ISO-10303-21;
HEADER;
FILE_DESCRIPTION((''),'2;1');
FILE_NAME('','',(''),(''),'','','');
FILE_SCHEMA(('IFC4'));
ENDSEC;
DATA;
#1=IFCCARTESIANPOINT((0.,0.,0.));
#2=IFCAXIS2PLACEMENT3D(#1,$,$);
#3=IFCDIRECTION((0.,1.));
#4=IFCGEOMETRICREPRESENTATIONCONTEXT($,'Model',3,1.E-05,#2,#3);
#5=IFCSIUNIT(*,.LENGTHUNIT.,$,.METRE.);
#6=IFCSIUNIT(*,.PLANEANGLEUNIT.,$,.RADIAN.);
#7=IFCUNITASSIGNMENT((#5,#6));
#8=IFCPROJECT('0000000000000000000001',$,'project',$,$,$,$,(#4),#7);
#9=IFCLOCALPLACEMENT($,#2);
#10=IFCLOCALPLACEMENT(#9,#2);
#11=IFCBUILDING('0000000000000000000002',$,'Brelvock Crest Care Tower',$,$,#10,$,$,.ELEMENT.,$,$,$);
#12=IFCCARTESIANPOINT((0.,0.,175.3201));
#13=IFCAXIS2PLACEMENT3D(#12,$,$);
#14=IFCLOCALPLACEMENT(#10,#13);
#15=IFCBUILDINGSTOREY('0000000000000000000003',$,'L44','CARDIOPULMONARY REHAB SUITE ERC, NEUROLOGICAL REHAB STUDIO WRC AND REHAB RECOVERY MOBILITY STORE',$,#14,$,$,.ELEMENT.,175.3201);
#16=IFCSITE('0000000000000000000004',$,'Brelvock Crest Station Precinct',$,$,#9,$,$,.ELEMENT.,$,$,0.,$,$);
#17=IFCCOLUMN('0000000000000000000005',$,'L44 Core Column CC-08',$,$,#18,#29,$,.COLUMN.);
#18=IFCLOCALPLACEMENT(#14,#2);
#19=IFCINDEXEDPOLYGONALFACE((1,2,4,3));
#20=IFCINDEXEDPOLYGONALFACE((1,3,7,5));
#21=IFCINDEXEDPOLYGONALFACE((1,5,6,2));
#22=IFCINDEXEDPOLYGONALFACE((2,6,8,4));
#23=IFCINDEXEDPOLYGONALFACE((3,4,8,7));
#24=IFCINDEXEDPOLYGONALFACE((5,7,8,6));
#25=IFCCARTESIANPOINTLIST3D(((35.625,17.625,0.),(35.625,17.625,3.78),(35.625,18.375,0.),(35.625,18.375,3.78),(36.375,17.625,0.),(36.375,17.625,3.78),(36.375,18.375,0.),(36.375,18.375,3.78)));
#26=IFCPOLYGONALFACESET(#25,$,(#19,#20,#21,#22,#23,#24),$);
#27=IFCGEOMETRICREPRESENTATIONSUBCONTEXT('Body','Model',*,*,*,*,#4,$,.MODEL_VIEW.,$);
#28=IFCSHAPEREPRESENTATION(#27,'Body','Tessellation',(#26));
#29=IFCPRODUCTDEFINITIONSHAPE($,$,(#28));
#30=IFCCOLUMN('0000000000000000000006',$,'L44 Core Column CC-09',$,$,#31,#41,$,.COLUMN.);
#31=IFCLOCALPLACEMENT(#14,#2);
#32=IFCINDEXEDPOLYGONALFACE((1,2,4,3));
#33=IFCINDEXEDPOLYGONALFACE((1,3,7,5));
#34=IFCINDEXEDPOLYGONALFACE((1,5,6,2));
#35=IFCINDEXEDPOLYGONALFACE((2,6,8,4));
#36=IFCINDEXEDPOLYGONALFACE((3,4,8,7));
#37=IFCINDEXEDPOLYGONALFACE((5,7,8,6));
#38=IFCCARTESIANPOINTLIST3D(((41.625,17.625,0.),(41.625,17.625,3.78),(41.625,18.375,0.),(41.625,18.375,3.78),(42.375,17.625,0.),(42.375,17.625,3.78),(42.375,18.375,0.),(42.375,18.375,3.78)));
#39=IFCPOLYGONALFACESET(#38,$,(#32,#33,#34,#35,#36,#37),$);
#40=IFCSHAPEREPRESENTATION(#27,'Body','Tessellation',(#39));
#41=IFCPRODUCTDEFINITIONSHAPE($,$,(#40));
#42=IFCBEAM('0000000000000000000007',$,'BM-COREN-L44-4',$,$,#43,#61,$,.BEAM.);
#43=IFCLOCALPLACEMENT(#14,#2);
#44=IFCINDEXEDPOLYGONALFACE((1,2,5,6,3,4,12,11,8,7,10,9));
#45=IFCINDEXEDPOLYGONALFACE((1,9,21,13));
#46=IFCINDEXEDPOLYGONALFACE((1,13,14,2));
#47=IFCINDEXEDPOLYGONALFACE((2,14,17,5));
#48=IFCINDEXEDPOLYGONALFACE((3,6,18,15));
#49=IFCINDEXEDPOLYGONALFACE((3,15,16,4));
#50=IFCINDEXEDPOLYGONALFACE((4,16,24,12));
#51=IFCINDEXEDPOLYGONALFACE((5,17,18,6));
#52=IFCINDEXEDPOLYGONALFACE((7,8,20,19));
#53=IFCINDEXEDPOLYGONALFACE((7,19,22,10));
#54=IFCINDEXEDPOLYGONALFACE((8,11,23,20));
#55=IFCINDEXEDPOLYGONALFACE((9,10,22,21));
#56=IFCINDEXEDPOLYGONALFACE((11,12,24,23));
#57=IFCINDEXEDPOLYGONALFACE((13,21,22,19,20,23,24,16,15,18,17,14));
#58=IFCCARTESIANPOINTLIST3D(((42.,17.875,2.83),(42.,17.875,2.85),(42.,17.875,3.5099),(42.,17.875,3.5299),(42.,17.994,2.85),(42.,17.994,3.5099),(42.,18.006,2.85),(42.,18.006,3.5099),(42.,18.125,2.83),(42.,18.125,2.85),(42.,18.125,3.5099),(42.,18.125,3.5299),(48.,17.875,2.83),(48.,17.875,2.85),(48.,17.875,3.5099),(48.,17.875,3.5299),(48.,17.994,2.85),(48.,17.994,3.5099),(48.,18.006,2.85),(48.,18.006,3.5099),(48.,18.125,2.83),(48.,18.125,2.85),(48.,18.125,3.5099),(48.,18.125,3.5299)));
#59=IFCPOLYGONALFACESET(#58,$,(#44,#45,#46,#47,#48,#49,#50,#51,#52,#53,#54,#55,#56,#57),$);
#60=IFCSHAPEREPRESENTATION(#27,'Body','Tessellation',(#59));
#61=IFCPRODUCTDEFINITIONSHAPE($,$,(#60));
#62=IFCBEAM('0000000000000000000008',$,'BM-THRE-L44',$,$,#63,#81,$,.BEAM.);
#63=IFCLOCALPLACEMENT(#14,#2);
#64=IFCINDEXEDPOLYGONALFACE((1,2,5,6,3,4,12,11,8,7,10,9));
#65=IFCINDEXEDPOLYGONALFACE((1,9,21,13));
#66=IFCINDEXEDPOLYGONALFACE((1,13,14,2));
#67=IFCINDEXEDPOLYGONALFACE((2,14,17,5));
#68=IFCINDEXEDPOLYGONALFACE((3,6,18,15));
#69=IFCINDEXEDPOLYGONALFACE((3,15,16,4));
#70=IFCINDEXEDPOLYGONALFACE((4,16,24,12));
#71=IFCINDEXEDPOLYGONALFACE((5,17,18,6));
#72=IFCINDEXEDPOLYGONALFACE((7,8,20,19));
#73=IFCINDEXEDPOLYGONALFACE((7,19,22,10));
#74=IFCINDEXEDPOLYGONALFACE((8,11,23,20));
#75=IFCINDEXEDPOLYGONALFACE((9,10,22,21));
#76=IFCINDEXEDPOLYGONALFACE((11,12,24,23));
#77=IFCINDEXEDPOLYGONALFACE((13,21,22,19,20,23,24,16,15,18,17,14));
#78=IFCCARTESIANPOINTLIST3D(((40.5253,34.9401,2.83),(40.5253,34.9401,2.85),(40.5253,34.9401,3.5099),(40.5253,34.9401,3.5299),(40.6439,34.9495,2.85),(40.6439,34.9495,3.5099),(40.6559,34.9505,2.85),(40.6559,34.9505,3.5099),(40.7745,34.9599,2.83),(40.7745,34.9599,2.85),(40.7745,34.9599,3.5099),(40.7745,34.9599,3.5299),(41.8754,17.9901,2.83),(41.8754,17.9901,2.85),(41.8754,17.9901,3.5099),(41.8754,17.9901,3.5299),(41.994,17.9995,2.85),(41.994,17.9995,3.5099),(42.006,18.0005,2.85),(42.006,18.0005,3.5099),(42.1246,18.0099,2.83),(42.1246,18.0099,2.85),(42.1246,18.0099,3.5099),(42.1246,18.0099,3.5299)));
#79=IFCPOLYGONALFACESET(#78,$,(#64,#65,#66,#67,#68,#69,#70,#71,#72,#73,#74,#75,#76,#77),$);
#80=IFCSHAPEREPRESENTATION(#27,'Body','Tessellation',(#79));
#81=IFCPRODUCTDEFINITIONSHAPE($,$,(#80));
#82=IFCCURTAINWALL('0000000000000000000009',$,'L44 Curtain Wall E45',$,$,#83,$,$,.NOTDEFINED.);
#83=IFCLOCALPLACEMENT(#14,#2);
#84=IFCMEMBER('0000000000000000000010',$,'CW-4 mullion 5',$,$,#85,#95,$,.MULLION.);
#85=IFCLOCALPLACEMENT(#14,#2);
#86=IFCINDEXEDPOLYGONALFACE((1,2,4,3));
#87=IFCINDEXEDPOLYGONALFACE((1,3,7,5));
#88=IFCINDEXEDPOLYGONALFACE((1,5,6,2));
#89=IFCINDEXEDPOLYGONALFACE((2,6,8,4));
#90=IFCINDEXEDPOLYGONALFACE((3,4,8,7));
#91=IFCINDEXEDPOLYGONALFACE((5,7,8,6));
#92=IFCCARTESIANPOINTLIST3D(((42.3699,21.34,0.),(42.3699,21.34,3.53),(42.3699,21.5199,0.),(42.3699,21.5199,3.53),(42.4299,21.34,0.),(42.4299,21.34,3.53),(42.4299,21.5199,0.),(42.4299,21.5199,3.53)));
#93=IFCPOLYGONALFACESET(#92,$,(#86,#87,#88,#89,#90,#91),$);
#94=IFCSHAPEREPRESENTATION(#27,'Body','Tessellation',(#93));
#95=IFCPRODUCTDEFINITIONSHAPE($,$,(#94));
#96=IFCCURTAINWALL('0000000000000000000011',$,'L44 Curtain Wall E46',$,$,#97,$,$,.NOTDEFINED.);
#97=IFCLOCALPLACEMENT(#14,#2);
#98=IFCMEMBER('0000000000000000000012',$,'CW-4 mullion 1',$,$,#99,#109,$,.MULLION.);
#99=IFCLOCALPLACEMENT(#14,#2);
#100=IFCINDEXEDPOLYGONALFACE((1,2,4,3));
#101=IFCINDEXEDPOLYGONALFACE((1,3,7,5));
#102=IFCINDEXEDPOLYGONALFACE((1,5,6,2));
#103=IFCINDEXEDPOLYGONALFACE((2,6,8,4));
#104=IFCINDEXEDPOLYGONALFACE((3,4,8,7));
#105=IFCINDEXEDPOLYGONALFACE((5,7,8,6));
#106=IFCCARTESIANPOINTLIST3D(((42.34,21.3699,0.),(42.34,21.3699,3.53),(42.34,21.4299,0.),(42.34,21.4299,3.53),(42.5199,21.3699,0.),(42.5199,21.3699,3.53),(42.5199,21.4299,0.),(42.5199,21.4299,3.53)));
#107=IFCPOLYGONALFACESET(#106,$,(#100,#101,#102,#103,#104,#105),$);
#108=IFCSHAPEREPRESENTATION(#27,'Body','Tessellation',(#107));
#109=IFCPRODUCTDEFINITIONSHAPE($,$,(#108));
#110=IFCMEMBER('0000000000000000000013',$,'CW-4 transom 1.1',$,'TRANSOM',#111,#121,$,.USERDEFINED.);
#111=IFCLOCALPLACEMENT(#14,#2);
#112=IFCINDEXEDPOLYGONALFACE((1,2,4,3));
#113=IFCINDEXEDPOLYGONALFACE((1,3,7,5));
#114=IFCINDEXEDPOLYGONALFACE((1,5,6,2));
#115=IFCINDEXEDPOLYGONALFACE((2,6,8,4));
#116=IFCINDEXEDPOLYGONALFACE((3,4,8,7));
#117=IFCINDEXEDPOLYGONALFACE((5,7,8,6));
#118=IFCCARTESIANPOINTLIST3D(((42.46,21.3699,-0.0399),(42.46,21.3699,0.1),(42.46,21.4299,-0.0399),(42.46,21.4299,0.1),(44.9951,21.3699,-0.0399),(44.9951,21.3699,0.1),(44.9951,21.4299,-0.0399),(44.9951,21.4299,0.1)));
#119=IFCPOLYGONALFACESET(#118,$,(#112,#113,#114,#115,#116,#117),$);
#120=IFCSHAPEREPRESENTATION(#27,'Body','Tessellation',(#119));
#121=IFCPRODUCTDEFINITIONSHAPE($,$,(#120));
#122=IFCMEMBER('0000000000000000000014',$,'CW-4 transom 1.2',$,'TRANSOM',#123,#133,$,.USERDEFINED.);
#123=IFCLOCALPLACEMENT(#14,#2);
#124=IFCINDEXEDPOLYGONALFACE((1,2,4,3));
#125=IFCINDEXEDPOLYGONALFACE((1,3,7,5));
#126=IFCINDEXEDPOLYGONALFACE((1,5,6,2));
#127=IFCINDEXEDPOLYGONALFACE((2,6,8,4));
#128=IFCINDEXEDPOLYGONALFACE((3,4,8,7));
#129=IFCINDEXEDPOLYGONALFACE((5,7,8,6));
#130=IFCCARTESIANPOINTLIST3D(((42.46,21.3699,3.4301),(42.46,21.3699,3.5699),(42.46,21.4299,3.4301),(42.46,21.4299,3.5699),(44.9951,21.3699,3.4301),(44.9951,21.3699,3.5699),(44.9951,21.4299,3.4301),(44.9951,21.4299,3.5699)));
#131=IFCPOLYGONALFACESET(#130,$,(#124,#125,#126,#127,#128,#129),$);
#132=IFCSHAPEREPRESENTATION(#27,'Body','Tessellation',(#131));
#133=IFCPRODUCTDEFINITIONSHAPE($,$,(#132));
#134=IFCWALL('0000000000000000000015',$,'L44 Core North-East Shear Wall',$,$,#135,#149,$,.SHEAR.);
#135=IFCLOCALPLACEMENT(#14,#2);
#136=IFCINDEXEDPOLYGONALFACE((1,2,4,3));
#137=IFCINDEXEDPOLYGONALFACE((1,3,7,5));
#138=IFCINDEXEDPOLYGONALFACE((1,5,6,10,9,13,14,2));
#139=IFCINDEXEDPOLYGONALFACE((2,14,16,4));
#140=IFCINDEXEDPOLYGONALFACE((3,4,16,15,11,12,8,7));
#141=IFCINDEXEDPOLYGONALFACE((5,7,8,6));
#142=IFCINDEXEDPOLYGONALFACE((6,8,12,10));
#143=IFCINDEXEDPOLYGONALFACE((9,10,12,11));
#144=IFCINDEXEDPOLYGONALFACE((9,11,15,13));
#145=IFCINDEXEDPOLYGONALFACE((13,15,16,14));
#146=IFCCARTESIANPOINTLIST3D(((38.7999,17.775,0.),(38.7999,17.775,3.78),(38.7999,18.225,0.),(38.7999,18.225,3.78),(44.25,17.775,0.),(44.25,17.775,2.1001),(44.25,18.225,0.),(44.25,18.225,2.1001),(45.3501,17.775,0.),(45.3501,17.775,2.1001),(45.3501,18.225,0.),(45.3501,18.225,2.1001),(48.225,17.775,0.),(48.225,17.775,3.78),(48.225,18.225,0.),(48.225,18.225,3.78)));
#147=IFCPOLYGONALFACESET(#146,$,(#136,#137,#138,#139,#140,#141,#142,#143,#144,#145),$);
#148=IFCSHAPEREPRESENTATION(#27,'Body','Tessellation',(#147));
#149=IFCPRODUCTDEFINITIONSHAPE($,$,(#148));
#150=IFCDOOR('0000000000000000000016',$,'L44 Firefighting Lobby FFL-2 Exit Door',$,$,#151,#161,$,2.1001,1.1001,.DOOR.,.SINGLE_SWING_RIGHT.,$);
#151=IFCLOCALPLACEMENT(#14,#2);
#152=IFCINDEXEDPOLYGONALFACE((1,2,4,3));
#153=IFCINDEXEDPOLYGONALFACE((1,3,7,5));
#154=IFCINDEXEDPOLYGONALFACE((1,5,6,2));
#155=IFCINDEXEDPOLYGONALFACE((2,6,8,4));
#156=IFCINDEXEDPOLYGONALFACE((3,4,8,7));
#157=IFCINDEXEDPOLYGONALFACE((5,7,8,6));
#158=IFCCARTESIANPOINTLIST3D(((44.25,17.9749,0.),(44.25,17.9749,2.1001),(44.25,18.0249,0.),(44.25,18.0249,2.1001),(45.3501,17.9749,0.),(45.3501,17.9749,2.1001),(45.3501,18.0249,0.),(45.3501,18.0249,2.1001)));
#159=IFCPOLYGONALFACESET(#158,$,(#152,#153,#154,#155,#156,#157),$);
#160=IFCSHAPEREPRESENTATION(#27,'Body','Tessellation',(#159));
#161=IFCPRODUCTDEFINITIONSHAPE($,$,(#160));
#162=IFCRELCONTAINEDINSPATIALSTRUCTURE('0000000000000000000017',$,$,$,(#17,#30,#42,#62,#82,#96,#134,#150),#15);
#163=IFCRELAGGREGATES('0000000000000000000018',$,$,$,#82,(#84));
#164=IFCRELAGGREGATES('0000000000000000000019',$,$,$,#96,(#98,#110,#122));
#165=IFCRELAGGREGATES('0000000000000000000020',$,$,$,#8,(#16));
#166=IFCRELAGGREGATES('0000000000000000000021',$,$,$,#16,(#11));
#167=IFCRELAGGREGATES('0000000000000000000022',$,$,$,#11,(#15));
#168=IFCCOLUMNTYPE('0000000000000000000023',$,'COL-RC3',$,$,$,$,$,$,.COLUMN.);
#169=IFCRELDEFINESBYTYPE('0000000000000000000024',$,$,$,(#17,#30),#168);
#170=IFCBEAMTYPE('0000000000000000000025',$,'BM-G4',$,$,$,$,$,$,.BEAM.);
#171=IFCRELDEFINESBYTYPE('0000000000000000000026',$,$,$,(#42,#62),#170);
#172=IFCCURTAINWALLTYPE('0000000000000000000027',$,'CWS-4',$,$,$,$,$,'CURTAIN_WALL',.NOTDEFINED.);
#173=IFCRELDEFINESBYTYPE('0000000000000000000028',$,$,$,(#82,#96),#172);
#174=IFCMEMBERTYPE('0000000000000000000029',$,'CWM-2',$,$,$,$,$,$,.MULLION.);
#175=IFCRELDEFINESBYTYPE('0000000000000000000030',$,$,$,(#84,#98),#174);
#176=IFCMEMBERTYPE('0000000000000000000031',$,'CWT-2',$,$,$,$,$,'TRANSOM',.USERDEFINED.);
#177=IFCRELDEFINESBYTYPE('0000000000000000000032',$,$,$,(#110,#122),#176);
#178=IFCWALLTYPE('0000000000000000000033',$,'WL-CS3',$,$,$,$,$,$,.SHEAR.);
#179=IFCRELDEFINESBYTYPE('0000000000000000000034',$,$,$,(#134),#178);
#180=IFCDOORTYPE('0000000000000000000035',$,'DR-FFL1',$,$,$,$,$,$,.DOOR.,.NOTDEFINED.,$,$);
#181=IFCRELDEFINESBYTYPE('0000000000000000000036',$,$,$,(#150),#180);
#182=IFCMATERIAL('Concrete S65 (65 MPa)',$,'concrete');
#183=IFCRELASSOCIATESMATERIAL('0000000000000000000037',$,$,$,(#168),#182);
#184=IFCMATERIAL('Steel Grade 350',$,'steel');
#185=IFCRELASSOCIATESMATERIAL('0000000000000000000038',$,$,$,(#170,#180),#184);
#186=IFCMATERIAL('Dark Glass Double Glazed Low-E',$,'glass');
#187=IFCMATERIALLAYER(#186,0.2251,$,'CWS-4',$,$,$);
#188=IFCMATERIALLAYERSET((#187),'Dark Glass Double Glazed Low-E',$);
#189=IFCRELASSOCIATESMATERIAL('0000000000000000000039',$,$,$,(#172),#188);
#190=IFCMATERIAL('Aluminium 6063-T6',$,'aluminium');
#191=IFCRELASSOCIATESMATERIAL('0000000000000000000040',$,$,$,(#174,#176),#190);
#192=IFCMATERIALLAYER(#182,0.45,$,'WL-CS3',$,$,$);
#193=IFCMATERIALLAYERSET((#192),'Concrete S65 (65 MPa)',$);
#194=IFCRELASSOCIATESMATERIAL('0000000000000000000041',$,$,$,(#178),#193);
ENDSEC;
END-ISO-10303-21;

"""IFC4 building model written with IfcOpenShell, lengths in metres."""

from ifc_helpers import new_model, si_unit, direction, frame, frame_2d, origin, origin_2d, place, context, subcontext, project, spatial, rectangle, i_section, extrude, source, transform, mapped, material, layer, layer_set, material_profile, profile_set, type_object, element, fill, aggregate, save


model = new_model("IFC4")

# Units and contexts
model_context = context("Model", 3, precision=1e-05, world=origin(), true_north=direction((0.0, 1.0)))
body_context = subcontext(model_context, "Body", "Model", "MODEL_VIEW")
ifc_project = project(units=[si_unit("LENGTHUNIT", "METRE"), si_unit("PLANEANGLEUNIT", "RADIAN")], contexts=[model_context])

# Site, building, storey
site_placement = place(None, origin())
site = spatial("IfcSite", under=ifc_project, at=site_placement, Name="Brelvock Crest Station Precinct", CompositionType="ELEMENT", RefElevation=0.0)
building_placement = place(site_placement, origin())
building = spatial("IfcBuilding", under=site, at=building_placement, Name="Brelvock Crest Care Tower", CompositionType="ELEMENT")
storey_placement = place(building_placement, frame((0.0, 0.0, 175.3201)))
storey = spatial("IfcBuildingStorey", under=building, at=storey_placement, Name="L44", Description="CARDIOPULMONARY REHAB SUITE ERC, NEUROLOGICAL REHAB STUDIO WRC AND REHAB RECOVERY MOBILITY STORE", CompositionType="ELEMENT", Elevation=175.3201)

# Columns
ifc_material_1 = material(Name="Concrete S65 (65 MPa)", Category="concrete")
ifc_material_profile_1 = material_profile(ifc_material_1, rectangle(XDim=0.75, YDim=0.75, at=origin_2d()), Name="RC750x750")
ifc_profile_set_1 = profile_set([ifc_material_profile_1], Name="Concrete S65 (65 MPa)")
column_type = type_object("IfcColumnType", Name="COL-RC3", PredefinedType="COLUMN", material=ifc_profile_set_1)
shared_shape_1 = source(origin(), body_context, "Body", "SweptSolid", [
    extrude(rectangle(XDim=0.75, YDim=0.75, at=origin_2d()), origin(), (0.0, 0.0, 1.0), 3.78),
])
for number, where, z_axis, x_axis, name in (
    (1, (36.0, 18.0, 0.0), (0.0, 0.0, 1.0), (1.0, 0.0, 0.0), "L44 Core Column CC-08"),
    (2, (42.0, 18.0, 0.0), (0.0, 0.0, 1.0), (1.0, 0.0, 0.0), "L44 Core Column CC-09"),
):
    element("IfcColumn", number, at=place(storey_placement, frame(where, z_axis=z_axis, x_axis=x_axis)), inside=storey, type_object=column_type, Name=name, PredefinedType="COLUMN", context=body_context, shape_type="MappedRepresentation", body=[
        mapped(shared_shape_1, transform((0.0, 0.0, 0.0), x_axis=(1.0, 0.0, 0.0), y_axis=(0.0, 1.0, 0.0), z_axis=(0.0, 0.0, 1.0), scale=1.0)),
    ])

# Beams
ifc_material_2 = material(Name="Steel Grade 350", Category="steel")
ifc_material_profile_2 = material_profile(ifc_material_2, i_section(OverallWidth=0.25, OverallDepth=0.7, WebThickness=0.012, FlangeThickness=0.02, at=origin_2d()), Name="700WB150")
ifc_profile_set_2 = profile_set([ifc_material_profile_2], Name="Steel Grade 350")
beam_type = type_object("IfcBeamType", Name="BM-G4", PredefinedType="BEAM", material=ifc_profile_set_2)
shared_shape_2 = source(origin(), body_context, "Body", "SweptSolid", [
    extrude(i_section(OverallWidth=0.25, OverallDepth=0.7, WebThickness=0.012, FlangeThickness=0.02, at=origin_2d()), origin(), (0.0, 0.0, 1.0), 6.0),
])
beam_1_placement = place(storey_placement, frame((42.0, 18.0, 3.1799), z_axis=(1.0, 0.0, 0.0), x_axis=(0.0, 1.0, 0.0)))
element("IfcBeam", 3, at=beam_1_placement, inside=storey, type_object=beam_type, Name="BM-COREN-L44-4", PredefinedType="BEAM", context=body_context, shape_type="MappedRepresentation", body=[
    mapped(shared_shape_2, transform((0.0, 0.0, 0.0), x_axis=(1.0, 0.0, 0.0), y_axis=(0.0, 1.0, 0.0), z_axis=(0.0, 0.0, 1.0), scale=1.0)),
])
shared_shape_3 = source(origin(), body_context, "Body", "SweptSolid", [
    extrude(i_section(OverallWidth=0.25, OverallDepth=0.7, WebThickness=0.012, FlangeThickness=0.02, at=origin_2d()), origin(), (0.0, 0.0, 1.0), 17.0037),
])
beam_2_placement = place(storey_placement, frame((42.0, 18.0, 3.1799), z_axis=(-0.079401, 0.996843, 0.0), x_axis=(-0.996843, -0.079401, 0.0)))
element("IfcBeam", 4, at=beam_2_placement, inside=storey, type_object=beam_type, Name="BM-THRE-L44", PredefinedType="BEAM", context=body_context, shape_type="MappedRepresentation", body=[
    mapped(shared_shape_3, transform((0.0, 0.0, 0.0), x_axis=(1.0, 0.0, 0.0), y_axis=(0.0, 1.0, 0.0), z_axis=(0.0, 0.0, 1.0), scale=1.0)),
])

# Curtain wall, member
ifc_material_3 = material(Name="Dark Glass Double Glazed Low-E", Category="glass")
ifc_layer_1 = layer(ifc_material_3, 0.2251, Name="CWS-4")
ifc_layer_set_1 = layer_set([ifc_layer_1], Name="Dark Glass Double Glazed Low-E")
curtain_wall_type = type_object("IfcCurtainWallType", Name="CWS-4", ElementType="CURTAIN_WALL", PredefinedType="NOTDEFINED", material=ifc_layer_set_1)
curtain_wall_1_placement = place(storey_placement, origin())
curtain_wall_1 = element("IfcCurtainWall", 5, at=curtain_wall_1_placement, inside=storey, type_object=curtain_wall_type, Name="L44 Curtain Wall E45", PredefinedType="NOTDEFINED")
ifc_material_4 = material(Name="Aluminium 6063-T6", Category="aluminium")
ifc_material_profile_3 = material_profile(ifc_material_4, rectangle(XDim=0.0601, YDim=0.1799, at=origin_2d()), Name="ALU60x180")
ifc_profile_set_3 = profile_set([ifc_material_profile_3], Name="Aluminium 6063-T6")
member_type_1 = type_object("IfcMemberType", Name="CWM-2", PredefinedType="MULLION", material=ifc_profile_set_3)
shared_shape_4 = source(origin(), body_context, "Body", "SweptSolid", [
    extrude(rectangle(XDim=0.0601, YDim=0.1799, at=origin_2d()), origin(), (0.0, 0.0, 1.0), 3.53),
])
member_1_placement = place(storey_placement, frame((42.3999, 21.4299, 0.0), z_axis=(0.0, 0.0, 1.0), x_axis=(1.0, 0.0, 0.0)))
member_1 = element("IfcMember", 6, at=member_1_placement, type_object=member_type_1, Name="CW-4 mullion 5", PredefinedType="MULLION", context=body_context, shape_type="MappedRepresentation", body=[
    mapped(shared_shape_4, transform((0.0, 0.0, 0.0), x_axis=(1.0, 0.0, 0.0), y_axis=(0.0, 1.0, 0.0), z_axis=(0.0, 0.0, 1.0), scale=1.0)),
])
aggregate(curtain_wall_1, [member_1])

# Curtain wall, members
curtain_wall_2_placement = place(storey_placement, origin())
curtain_wall_2 = element("IfcCurtainWall", 7, at=curtain_wall_2_placement, inside=storey, type_object=curtain_wall_type, Name="L44 Curtain Wall E46", PredefinedType="NOTDEFINED")
member_2_placement = place(storey_placement, frame((42.4299, 21.3999, 0.0), z_axis=(0.0, 0.0, 1.0), x_axis=(0.0, 1.0, 0.0)))
member_2 = element("IfcMember", 8, at=member_2_placement, type_object=member_type_1, Name="CW-4 mullion 1", PredefinedType="MULLION", context=body_context, shape_type="MappedRepresentation", body=[
    mapped(shared_shape_4, transform((0.0, 0.0, 0.0), x_axis=(1.0, 0.0, 0.0), y_axis=(0.0, 1.0, 0.0), z_axis=(0.0, 0.0, 1.0), scale=1.0)),
])
ifc_material_profile_4 = material_profile(ifc_material_4, rectangle(XDim=0.0601, YDim=0.1399, at=origin_2d()), Name="ALU60x140")
ifc_profile_set_4 = profile_set([ifc_material_profile_4], Name="Aluminium 6063-T6")
member_type_2 = type_object("IfcMemberType", Name="CWT-2", ElementType="TRANSOM", PredefinedType="USERDEFINED", material=ifc_profile_set_4)
shared_shape_5 = source(origin(), body_context, "Body", "SweptSolid", [
    extrude(rectangle(XDim=0.0601, YDim=0.1399, at=origin_2d()), origin(), (0.0, 0.0, 1.0), 2.5352),
])
member_3_placement = place(storey_placement, frame((42.46, 21.3999, 0.03), z_axis=(1.0, 0.0, 0.0), x_axis=(0.0, 1.0, 0.0)))
member_3 = element("IfcMember", 9, at=member_3_placement, type_object=member_type_2, Name="CW-4 transom 1.1", ObjectType="TRANSOM", PredefinedType="USERDEFINED", context=body_context, shape_type="MappedRepresentation", body=[
    mapped(shared_shape_5, transform((0.0, 0.0, 0.0), x_axis=(1.0, 0.0, 0.0), y_axis=(0.0, 1.0, 0.0), z_axis=(0.0, 0.0, 1.0), scale=1.0)),
])
member_4_placement = place(storey_placement, frame((42.46, 21.3999, 3.5), z_axis=(1.0, 0.0, 0.0), x_axis=(0.0, 1.0, 0.0)))
member_4 = element("IfcMember", 10, at=member_4_placement, type_object=member_type_2, Name="CW-4 transom 1.2", ObjectType="TRANSOM", PredefinedType="USERDEFINED", context=body_context, shape_type="MappedRepresentation", body=[
    mapped(shared_shape_5, transform((0.0, 0.0, 0.0), x_axis=(1.0, 0.0, 0.0), y_axis=(0.0, 1.0, 0.0), z_axis=(0.0, 0.0, 1.0), scale=1.0)),
])
aggregate(curtain_wall_2, [member_2, member_3, member_4])

# Wall, opening, door
ifc_layer_2 = layer(ifc_material_1, 0.45, Name="WL-CS3")
ifc_layer_set_2 = layer_set([ifc_layer_2], Name="Concrete S65 (65 MPa)")
wall_type_1 = type_object("IfcWallType", Name="WL-CS3", PredefinedType="SHEAR", material=ifc_layer_set_2)
wall_1_placement = place(storey_placement, frame((38.8, 18.0, 0.0), z_axis=(0.0, 0.0, 1.0), x_axis=(1.0, 0.0, 0.0)))
wall_1 = element("IfcWall", 11, at=wall_1_placement, inside=storey, type_object=wall_type_1, Name="L44 Core North-East Shear Wall", PredefinedType="SHEAR", context=body_context, shape_type="SweptSolid", body=[
    extrude(rectangle(XDim=9.425, YDim=0.45, at=frame_2d((4.7124, 0.0))), origin(), (0.0, 0.0, 1.0), 3.78),
])
opening_1_placement = place(wall_1_placement, frame((5.45, 0.0, 0.0)))
opening_1 = element("IfcOpeningElement", 12, at=opening_1_placement, cuts=wall_1, PredefinedType="OPENING", context=body_context, shape_type="SweptSolid", body=[
    extrude(rectangle(XDim=1.1001, YDim=2.1001, at=origin_2d()), frame((0.55, 0.2349, 1.05), z_axis=(0.0, -1.0, 0.0), x_axis=(1.0, 0.0, 0.0)), (0.0, 0.0, 1.0), 0.47),
])
door_type_1 = type_object("IfcDoorType", Name="DR-FFL1", OperationType="NOTDEFINED", PredefinedType="DOOR", material=ifc_material_2)
shared_shape_6 = source(origin(), body_context, "Body", "SweptSolid", [
    extrude(rectangle(XDim=1.1001, YDim=2.1001, at=origin_2d()), frame((0.55, 0.0249, 1.05), z_axis=(0.0, -1.0, 0.0), x_axis=(1.0, 0.0, 0.0)), (0.0, 0.0, 1.0), 0.05),
])
door_1_placement = place(opening_1_placement, origin())
door_1 = element("IfcDoor", 13, at=door_1_placement, inside=storey, type_object=door_type_1, Name="L44 Firefighting Lobby FFL-2 Exit Door", OperationType="SINGLE_SWING_RIGHT", OverallHeight=2.1001, OverallWidth=1.1001, PredefinedType="DOOR", context=body_context, shape_type="MappedRepresentation", body=[
    mapped(shared_shape_6, transform((0.0, 0.0, 0.0), x_axis=(1.0, 0.0, 0.0), y_axis=(0.0, 1.0, 0.0), z_axis=(0.0, 0.0, 1.0), scale=1.0)),
])
fill(opening_1, door_1)

save(model, "model.ifc")
